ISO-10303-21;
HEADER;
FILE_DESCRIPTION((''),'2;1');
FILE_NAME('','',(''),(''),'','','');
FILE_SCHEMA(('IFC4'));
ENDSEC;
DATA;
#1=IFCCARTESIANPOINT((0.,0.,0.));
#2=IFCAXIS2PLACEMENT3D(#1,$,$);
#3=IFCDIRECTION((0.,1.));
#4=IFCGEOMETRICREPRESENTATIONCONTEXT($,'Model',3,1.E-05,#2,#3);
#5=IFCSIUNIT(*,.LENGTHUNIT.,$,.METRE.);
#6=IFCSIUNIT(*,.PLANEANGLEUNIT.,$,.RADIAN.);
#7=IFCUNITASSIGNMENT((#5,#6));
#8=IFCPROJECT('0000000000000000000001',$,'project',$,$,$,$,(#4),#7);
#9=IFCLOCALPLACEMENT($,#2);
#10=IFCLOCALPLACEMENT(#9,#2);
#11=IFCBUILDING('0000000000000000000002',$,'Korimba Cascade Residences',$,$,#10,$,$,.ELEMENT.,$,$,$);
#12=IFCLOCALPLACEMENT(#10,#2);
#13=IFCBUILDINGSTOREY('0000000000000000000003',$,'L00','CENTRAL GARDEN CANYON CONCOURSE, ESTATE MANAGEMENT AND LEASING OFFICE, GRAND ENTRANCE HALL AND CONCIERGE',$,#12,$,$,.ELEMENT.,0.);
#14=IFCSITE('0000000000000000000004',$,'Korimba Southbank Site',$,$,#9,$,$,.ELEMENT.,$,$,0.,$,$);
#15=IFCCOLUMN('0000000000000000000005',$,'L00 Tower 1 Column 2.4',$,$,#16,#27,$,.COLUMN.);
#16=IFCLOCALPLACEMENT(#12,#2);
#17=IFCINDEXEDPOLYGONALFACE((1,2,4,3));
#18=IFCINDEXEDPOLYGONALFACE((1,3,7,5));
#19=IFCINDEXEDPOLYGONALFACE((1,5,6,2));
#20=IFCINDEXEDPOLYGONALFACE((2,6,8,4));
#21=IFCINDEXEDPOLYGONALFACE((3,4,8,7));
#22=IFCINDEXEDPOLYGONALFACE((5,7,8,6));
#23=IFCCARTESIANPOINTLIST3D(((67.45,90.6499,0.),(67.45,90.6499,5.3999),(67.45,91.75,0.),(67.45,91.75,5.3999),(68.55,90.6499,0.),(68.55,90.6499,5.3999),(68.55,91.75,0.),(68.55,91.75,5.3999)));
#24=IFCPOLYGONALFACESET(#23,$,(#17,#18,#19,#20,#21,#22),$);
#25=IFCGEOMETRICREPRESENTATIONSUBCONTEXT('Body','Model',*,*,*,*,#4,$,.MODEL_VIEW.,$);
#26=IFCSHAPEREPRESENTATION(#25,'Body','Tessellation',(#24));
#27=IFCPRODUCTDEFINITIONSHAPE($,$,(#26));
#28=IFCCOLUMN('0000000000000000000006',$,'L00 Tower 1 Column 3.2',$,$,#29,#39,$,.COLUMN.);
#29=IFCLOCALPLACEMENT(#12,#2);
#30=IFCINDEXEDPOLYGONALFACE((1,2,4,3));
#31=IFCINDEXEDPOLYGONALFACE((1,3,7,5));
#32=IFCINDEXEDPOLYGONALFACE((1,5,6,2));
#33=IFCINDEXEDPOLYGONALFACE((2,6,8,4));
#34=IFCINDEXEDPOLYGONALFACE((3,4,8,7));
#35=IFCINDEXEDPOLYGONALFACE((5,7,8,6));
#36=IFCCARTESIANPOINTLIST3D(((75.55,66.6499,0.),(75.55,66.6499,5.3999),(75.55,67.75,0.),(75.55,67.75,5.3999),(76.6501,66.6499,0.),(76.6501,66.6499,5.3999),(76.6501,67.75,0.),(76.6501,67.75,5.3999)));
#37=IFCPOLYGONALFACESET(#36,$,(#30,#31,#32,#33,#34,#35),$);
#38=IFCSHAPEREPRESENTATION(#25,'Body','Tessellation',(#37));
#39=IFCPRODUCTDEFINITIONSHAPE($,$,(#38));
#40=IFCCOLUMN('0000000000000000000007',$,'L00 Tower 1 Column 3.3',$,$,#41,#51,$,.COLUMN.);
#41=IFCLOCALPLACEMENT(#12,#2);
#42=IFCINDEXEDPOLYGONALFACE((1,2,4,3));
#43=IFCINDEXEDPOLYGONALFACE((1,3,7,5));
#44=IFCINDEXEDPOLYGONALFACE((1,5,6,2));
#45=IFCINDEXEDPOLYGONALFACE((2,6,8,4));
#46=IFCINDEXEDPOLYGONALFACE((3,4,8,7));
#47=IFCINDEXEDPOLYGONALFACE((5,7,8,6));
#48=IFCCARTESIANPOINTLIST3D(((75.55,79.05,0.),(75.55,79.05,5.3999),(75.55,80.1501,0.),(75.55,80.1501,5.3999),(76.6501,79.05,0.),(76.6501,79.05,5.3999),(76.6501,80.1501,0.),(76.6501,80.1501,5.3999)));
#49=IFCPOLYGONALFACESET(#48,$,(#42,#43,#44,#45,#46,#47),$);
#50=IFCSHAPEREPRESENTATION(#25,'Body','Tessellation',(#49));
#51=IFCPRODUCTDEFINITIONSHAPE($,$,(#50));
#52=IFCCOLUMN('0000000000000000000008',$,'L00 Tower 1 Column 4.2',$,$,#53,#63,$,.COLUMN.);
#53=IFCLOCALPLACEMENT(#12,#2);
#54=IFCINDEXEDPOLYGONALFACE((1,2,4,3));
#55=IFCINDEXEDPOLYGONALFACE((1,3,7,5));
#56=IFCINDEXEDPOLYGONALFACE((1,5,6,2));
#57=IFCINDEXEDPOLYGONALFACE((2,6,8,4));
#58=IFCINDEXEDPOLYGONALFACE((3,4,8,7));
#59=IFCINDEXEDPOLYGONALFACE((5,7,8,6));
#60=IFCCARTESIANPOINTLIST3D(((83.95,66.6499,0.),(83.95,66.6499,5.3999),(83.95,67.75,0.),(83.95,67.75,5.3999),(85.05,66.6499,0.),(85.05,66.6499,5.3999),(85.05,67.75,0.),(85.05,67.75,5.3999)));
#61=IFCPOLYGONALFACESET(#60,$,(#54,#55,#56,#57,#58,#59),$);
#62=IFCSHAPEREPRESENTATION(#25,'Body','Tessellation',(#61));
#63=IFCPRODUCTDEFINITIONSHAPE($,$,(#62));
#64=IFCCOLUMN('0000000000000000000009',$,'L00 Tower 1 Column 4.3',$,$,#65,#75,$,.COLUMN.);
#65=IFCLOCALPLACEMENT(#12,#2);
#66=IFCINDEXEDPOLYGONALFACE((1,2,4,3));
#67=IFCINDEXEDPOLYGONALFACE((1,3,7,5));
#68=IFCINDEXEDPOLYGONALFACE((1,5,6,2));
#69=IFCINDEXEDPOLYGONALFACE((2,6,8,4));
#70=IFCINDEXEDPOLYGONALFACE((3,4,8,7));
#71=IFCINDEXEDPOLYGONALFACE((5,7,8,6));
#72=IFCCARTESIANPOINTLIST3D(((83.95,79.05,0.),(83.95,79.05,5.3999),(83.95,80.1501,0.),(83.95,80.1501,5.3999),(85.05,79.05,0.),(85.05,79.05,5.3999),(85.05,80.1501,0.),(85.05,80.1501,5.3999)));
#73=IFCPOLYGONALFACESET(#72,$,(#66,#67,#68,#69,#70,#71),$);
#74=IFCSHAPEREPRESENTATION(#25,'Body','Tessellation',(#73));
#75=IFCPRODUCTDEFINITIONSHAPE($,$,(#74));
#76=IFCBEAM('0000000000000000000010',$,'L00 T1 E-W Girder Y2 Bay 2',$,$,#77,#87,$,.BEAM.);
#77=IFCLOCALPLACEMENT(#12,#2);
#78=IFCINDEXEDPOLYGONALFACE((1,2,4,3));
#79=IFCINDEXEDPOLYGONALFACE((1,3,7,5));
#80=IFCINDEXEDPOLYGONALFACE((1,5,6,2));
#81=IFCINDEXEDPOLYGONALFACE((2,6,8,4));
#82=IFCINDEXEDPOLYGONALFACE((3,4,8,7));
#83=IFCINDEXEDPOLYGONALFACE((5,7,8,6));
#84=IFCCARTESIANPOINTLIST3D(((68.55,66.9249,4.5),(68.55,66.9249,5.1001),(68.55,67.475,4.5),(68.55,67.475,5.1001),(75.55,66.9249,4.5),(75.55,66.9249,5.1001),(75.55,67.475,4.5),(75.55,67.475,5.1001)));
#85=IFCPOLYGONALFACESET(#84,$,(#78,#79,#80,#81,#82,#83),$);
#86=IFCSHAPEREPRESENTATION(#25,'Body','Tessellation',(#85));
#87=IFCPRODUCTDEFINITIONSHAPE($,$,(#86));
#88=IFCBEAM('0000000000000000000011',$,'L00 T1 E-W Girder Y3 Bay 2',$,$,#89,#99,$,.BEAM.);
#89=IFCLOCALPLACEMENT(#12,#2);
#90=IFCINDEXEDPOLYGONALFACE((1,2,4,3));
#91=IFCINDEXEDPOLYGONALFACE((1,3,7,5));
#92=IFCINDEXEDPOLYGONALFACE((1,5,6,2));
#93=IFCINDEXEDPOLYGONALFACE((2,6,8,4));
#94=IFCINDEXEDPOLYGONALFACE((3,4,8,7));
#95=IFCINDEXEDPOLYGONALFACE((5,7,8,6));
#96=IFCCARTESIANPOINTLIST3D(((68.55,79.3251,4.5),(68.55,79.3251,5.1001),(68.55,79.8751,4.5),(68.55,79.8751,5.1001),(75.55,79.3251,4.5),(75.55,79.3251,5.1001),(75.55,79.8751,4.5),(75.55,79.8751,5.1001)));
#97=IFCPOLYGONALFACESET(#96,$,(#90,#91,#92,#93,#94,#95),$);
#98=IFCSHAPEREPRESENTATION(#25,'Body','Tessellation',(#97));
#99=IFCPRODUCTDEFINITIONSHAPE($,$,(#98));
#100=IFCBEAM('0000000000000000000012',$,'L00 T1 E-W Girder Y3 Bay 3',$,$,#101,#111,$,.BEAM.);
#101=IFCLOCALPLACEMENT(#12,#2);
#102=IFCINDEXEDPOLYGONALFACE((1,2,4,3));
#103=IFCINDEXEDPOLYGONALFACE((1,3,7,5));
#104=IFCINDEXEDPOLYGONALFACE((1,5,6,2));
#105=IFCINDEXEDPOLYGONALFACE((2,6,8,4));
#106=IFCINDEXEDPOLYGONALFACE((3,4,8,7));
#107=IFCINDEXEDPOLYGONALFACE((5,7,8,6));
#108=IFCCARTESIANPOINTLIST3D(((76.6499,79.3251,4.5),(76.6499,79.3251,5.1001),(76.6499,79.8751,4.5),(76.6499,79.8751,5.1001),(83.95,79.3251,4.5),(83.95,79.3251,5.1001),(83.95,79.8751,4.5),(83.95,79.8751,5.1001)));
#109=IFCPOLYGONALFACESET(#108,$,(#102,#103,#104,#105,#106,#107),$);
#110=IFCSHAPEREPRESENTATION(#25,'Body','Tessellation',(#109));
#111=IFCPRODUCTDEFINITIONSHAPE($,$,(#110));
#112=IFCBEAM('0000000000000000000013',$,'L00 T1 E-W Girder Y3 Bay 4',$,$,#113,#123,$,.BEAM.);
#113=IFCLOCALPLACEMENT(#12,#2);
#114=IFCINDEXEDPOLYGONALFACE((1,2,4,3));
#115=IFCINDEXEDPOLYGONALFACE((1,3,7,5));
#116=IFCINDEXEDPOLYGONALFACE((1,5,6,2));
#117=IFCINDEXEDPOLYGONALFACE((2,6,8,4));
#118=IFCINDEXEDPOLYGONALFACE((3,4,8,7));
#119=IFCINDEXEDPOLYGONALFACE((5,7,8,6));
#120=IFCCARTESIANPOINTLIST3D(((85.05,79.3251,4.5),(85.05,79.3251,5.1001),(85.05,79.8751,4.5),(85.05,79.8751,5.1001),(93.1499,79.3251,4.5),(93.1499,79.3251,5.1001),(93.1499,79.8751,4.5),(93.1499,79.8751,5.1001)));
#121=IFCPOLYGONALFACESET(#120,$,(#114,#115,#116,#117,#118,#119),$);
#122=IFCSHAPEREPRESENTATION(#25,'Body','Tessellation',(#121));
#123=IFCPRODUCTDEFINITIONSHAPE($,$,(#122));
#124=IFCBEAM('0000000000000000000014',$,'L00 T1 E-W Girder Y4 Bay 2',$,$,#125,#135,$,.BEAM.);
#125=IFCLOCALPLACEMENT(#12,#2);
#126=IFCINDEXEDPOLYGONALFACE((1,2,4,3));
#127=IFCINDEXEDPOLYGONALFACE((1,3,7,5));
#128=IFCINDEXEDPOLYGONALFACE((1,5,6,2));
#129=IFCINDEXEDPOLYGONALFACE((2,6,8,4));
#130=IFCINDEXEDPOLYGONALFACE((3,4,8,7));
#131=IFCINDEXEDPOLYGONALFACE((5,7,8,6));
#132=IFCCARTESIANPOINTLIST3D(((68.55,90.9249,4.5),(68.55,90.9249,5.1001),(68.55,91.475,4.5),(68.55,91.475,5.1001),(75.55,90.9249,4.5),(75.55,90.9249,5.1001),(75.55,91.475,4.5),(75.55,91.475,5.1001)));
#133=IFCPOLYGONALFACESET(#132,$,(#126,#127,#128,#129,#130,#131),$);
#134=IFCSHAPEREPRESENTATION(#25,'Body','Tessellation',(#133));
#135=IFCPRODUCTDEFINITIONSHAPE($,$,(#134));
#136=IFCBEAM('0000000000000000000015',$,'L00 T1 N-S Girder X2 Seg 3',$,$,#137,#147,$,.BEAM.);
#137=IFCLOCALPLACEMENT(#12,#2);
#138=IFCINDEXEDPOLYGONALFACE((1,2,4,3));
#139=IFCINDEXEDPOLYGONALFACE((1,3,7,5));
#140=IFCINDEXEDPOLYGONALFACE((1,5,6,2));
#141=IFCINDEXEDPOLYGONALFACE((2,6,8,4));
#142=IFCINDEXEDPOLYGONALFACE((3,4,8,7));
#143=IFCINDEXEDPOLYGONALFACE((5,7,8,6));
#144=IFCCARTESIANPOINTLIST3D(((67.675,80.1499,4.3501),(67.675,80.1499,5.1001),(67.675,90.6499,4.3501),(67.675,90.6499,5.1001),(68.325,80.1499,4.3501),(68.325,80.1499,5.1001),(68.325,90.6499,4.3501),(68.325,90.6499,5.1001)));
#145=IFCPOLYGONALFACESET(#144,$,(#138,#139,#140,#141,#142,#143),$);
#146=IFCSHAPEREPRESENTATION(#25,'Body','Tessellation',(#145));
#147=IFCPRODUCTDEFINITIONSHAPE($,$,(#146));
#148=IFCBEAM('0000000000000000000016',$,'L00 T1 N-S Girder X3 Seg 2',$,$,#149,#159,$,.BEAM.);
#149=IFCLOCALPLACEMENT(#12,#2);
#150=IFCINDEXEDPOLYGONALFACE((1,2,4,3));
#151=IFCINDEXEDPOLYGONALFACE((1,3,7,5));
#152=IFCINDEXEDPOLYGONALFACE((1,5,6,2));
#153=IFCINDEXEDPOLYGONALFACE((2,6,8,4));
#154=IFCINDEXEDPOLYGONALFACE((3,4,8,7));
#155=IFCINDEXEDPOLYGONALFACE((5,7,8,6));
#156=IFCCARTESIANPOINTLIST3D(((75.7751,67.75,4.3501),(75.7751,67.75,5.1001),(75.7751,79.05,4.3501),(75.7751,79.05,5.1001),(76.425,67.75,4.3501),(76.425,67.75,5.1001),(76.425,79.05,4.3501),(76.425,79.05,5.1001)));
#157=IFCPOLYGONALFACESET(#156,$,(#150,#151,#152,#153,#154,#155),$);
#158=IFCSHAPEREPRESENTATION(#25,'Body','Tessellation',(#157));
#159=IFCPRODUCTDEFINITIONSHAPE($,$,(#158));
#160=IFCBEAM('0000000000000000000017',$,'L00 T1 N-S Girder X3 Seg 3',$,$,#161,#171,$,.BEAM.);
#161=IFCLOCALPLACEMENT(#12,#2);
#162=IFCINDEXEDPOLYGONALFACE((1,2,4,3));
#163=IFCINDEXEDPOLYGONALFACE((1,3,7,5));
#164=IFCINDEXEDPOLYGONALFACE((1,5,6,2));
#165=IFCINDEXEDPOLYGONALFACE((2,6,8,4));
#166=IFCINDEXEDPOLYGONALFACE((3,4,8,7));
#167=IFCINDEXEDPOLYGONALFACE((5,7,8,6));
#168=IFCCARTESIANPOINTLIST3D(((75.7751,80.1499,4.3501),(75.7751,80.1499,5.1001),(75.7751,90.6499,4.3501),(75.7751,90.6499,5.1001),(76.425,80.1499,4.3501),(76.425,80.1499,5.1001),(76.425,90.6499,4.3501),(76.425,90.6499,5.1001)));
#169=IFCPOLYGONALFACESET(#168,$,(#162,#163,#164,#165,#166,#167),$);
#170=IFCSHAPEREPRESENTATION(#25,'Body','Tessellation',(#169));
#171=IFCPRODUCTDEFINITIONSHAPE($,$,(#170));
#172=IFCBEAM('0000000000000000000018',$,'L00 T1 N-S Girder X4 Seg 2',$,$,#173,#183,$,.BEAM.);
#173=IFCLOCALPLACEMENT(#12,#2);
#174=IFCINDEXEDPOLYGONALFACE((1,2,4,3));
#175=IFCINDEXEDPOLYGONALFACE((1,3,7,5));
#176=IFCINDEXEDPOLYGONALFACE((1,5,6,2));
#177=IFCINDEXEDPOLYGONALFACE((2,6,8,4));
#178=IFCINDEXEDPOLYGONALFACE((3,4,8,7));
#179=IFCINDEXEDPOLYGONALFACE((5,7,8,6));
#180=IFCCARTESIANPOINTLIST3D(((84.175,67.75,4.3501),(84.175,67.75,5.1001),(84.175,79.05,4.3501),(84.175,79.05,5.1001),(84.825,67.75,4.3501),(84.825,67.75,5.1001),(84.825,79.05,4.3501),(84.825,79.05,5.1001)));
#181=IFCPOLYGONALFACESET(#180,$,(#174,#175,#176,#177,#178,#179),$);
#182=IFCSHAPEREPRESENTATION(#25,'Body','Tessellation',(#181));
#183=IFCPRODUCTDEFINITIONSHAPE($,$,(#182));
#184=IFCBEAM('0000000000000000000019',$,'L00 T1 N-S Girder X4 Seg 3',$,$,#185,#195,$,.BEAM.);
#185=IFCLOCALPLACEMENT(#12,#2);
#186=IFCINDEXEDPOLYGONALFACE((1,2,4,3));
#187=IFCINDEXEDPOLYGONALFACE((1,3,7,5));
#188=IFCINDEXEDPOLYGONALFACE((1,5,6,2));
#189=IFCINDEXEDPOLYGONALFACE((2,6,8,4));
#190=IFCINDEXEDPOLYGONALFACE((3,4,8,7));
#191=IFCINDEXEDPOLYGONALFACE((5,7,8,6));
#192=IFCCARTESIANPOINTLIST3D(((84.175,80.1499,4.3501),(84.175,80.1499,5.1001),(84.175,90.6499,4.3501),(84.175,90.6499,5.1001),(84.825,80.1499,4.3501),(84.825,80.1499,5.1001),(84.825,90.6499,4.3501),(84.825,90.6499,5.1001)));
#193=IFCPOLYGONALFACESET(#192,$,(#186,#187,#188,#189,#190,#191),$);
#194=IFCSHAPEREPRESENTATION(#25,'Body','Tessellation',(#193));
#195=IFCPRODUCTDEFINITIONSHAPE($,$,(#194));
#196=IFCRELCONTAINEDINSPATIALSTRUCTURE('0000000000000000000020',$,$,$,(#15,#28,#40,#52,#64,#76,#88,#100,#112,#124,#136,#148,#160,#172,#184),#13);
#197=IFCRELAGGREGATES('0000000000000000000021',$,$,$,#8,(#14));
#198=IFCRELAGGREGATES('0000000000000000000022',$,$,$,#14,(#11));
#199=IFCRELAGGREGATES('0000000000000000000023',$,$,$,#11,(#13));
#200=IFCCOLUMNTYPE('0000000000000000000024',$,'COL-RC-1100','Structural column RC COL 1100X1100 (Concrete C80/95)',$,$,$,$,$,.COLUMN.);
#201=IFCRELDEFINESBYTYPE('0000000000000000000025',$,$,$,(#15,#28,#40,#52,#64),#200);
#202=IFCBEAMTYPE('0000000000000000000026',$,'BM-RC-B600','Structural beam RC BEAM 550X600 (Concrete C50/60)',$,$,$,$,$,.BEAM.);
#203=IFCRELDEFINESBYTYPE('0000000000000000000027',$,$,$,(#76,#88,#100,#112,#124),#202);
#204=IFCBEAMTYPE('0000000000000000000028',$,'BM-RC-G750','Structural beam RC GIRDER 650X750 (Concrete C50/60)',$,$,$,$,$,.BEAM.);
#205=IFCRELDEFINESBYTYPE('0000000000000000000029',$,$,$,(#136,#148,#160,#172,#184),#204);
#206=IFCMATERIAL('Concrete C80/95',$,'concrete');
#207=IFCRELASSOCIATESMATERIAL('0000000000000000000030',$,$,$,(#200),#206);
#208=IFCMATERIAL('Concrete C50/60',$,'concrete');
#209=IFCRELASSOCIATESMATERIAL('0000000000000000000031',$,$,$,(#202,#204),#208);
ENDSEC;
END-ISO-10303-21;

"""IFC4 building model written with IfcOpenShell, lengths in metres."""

from ifc_helpers import new_model, si_unit, direction, frame, origin, origin_2d, place, context, subcontext, project, spatial, rectangle, extrude, material, material_profile, profile_set, type_object, element, save


model = new_model("IFC4")

# Units and contexts
model_context = context("Model", 3, precision=1e-05, world=origin(), true_north=direction((0.0, 1.0)))
body_context = subcontext(model_context, "Body", "Model", "MODEL_VIEW")
ifc_project = project(units=[si_unit("LENGTHUNIT", "METRE"), si_unit("PLANEANGLEUNIT", "RADIAN")], contexts=[model_context])

# Site, building, storey
site_placement = place(None, origin())
site = spatial("IfcSite", under=ifc_project, at=site_placement, Name="Korimba Southbank Site", CompositionType="ELEMENT", RefElevation=0.0)
building_placement = place(site_placement, origin())
building = spatial("IfcBuilding", under=site, at=building_placement, Name="Korimba Cascade Residences", CompositionType="ELEMENT")
storey_placement = place(building_placement, origin())
storey = spatial("IfcBuildingStorey", under=building, at=storey_placement, Name="L00", Description="CENTRAL GARDEN CANYON CONCOURSE, ESTATE MANAGEMENT AND LEASING OFFICE, GRAND ENTRANCE HALL AND CONCIERGE", CompositionType="ELEMENT", Elevation=0.0)

# Columns
ifc_material_1 = material(Name="Concrete C80/95", Category="concrete")
ifc_material_profile_1 = material_profile(ifc_material_1, rectangle(XDim=1.1001, YDim=1.1001, at=origin_2d()), Name="Concrete C80/95")
ifc_profile_set_1 = profile_set([ifc_material_profile_1], Name="Concrete C80/95")
column_type = type_object("IfcColumnType", Name="COL-RC-1100", Description="Structural column RC COL 1100X1100 (Concrete C80/95)", PredefinedType="COLUMN", material=ifc_profile_set_1)
for number, where, z_axis, x_axis, name in (
    (1, (68.0, 91.2, 0.0), (0.0, 0.0, 1.0), (1.0, 0.0, 0.0), "L00 Tower 1 Column 2.4"),
    (2, (76.1001, 67.2, 0.0), (0.0, 0.0, 1.0), (1.0, 0.0, 0.0), "L00 Tower 1 Column 3.2"),
    (3, (76.1001, 79.6001, 0.0), (0.0, 0.0, 1.0), (1.0, 0.0, 0.0), "L00 Tower 1 Column 3.3"),
    (4, (84.5, 67.2, 0.0), (0.0, 0.0, 1.0), (1.0, 0.0, 0.0), "L00 Tower 1 Column 4.2"),
    (5, (84.5, 79.6001, 0.0), (0.0, 0.0, 1.0), (1.0, 0.0, 0.0), "L00 Tower 1 Column 4.3"),
):
    element("IfcColumn", number, at=place(storey_placement, frame(where, z_axis=z_axis, x_axis=x_axis)), inside=storey, type_object=column_type, Name=name, PredefinedType="COLUMN", context=body_context, shape_type="SweptSolid", body=[
        extrude(rectangle(XDim=1.1001, YDim=1.1001, at=origin_2d()), origin(), (0.0, 0.0, 1.0), 5.3999),
    ])

# Beams
ifc_material_2 = material(Name="Concrete C50/60", Category="concrete")
ifc_material_profile_2 = material_profile(ifc_material_2, rectangle(XDim=0.55, YDim=0.6001, at=origin_2d()), Name="Concrete C50/60")
ifc_profile_set_2 = profile_set([ifc_material_profile_2], Name="Concrete C50/60")
beam_type_1 = type_object("IfcBeamType", Name="BM-RC-B600", Description="Structural beam RC BEAM 550X600 (Concrete C50/60)", PredefinedType="BEAM", material=ifc_profile_set_2)
for number, where, z_axis, x_axis, name in (
    (6, (68.55, 67.2, 4.8), (1.0, 0.0, 0.0), (0.0, 1.0, 0.0), "L00 T1 E-W Girder Y2 Bay 2"),
    (7, (68.55, 79.6001, 4.8), (1.0, 0.0, 0.0), (0.0, 1.0, 0.0), "L00 T1 E-W Girder Y3 Bay 2"),
):
    element("IfcBeam", number, at=place(storey_placement, frame(where, z_axis=z_axis, x_axis=x_axis)), inside=storey, type_object=beam_type_1, Name=name, PredefinedType="BEAM", context=body_context, shape_type="SweptSolid", body=[
        extrude(rectangle(XDim=0.55, YDim=0.6001, at=origin_2d()), origin(), (0.0, 0.0, 1.0), 7.0),
    ])
beam_1_placement = place(storey_placement, frame((76.6499, 79.6001, 4.8), z_axis=(1.0, 0.0, 0.0), x_axis=(0.0, 1.0, 0.0)))
element("IfcBeam", 8, at=beam_1_placement, inside=storey, type_object=beam_type_1, Name="L00 T1 E-W Girder Y3 Bay 3", PredefinedType="BEAM", context=body_context, shape_type="SweptSolid", body=[
    extrude(rectangle(XDim=0.55, YDim=0.6001, at=origin_2d()), origin(), (0.0, 0.0, 1.0), 7.3),
])
beam_2_placement = place(storey_placement, frame((85.05, 79.6001, 4.8), z_axis=(1.0, 0.0, 0.0), x_axis=(0.0, 1.0, 0.0)))
element("IfcBeam", 9, at=beam_2_placement, inside=storey, type_object=beam_type_1, Name="L00 T1 E-W Girder Y3 Bay 4", PredefinedType="BEAM", context=body_context, shape_type="SweptSolid", body=[
    extrude(rectangle(XDim=0.55, YDim=0.6001, at=origin_2d()), origin(), (0.0, 0.0, 1.0), 8.0999),
])
beam_3_placement = place(storey_placement, frame((68.55, 91.2, 4.8), z_axis=(1.0, 0.0, 0.0), x_axis=(0.0, 1.0, 0.0)))
element("IfcBeam", 10, at=beam_3_placement, inside=storey, type_object=beam_type_1, Name="L00 T1 E-W Girder Y4 Bay 2", PredefinedType="BEAM", context=body_context, shape_type="SweptSolid", body=[
    extrude(rectangle(XDim=0.55, YDim=0.6001, at=origin_2d()), origin(), (0.0, 0.0, 1.0), 7.0),
])
ifc_material_profile_3 = material_profile(ifc_material_2, rectangle(XDim=0.6499, YDim=0.75, at=origin_2d()), Name="Concrete C50/60")
ifc_profile_set_3 = profile_set([ifc_material_profile_3], Name="Concrete C50/60")
beam_type_2 = type_object("IfcBeamType", Name="BM-RC-G750", Description="Structural beam RC GIRDER 650X750 (Concrete C50/60)", PredefinedType="BEAM", material=ifc_profile_set_3)
beam_4_placement = place(storey_placement, frame((68.0, 80.1499, 4.7251), z_axis=(0.0, 1.0, 0.0), x_axis=(-1.0, 0.0, 0.0)))
element("IfcBeam", 11, at=beam_4_placement, inside=storey, type_object=beam_type_2, Name="L00 T1 N-S Girder X2 Seg 3", PredefinedType="BEAM", context=body_context, shape_type="SweptSolid", body=[
    extrude(rectangle(XDim=0.6499, YDim=0.75, at=origin_2d()), origin(), (0.0, 0.0, 1.0), 10.5),
])
beam_5_placement = place(storey_placement, frame((76.1001, 67.75, 4.7251), z_axis=(0.0, 1.0, 0.0), x_axis=(-1.0, 0.0, 0.0)))
element("IfcBeam", 12, at=beam_5_placement, inside=storey, type_object=beam_type_2, Name="L00 T1 N-S Girder X3 Seg 2", PredefinedType="BEAM", context=body_context, shape_type="SweptSolid", body=[
    extrude(rectangle(XDim=0.6499, YDim=0.75, at=origin_2d()), origin(), (0.0, 0.0, 1.0), 11.3),
])
beam_6_placement = place(storey_placement, frame((76.1001, 80.1499, 4.7251), z_axis=(0.0, 1.0, 0.0), x_axis=(-1.0, 0.0, 0.0)))
element("IfcBeam", 13, at=beam_6_placement, inside=storey, type_object=beam_type_2, Name="L00 T1 N-S Girder X3 Seg 3", PredefinedType="BEAM", context=body_context, shape_type="SweptSolid", body=[
    extrude(rectangle(XDim=0.6499, YDim=0.75, at=origin_2d()), origin(), (0.0, 0.0, 1.0), 10.5),
])
beam_7_placement = place(storey_placement, frame((84.5, 67.75, 4.7251), z_axis=(0.0, 1.0, 0.0), x_axis=(-1.0, 0.0, 0.0)))
element("IfcBeam", 14, at=beam_7_placement, inside=storey, type_object=beam_type_2, Name="L00 T1 N-S Girder X4 Seg 2", PredefinedType="BEAM", context=body_context, shape_type="SweptSolid", body=[
    extrude(rectangle(XDim=0.6499, YDim=0.75, at=origin_2d()), origin(), (0.0, 0.0, 1.0), 11.3),
])
beam_8_placement = place(storey_placement, frame((84.5, 80.1499, 4.7251), z_axis=(0.0, 1.0, 0.0), x_axis=(-1.0, 0.0, 0.0)))
element("IfcBeam", 15, at=beam_8_placement, inside=storey, type_object=beam_type_2, Name="L00 T1 N-S Girder X4 Seg 3", PredefinedType="BEAM", context=body_context, shape_type="SweptSolid", body=[
    extrude(rectangle(XDim=0.6499, YDim=0.75, at=origin_2d()), origin(), (0.0, 0.0, 1.0), 10.5),
])

save(model, "model.ifc")
